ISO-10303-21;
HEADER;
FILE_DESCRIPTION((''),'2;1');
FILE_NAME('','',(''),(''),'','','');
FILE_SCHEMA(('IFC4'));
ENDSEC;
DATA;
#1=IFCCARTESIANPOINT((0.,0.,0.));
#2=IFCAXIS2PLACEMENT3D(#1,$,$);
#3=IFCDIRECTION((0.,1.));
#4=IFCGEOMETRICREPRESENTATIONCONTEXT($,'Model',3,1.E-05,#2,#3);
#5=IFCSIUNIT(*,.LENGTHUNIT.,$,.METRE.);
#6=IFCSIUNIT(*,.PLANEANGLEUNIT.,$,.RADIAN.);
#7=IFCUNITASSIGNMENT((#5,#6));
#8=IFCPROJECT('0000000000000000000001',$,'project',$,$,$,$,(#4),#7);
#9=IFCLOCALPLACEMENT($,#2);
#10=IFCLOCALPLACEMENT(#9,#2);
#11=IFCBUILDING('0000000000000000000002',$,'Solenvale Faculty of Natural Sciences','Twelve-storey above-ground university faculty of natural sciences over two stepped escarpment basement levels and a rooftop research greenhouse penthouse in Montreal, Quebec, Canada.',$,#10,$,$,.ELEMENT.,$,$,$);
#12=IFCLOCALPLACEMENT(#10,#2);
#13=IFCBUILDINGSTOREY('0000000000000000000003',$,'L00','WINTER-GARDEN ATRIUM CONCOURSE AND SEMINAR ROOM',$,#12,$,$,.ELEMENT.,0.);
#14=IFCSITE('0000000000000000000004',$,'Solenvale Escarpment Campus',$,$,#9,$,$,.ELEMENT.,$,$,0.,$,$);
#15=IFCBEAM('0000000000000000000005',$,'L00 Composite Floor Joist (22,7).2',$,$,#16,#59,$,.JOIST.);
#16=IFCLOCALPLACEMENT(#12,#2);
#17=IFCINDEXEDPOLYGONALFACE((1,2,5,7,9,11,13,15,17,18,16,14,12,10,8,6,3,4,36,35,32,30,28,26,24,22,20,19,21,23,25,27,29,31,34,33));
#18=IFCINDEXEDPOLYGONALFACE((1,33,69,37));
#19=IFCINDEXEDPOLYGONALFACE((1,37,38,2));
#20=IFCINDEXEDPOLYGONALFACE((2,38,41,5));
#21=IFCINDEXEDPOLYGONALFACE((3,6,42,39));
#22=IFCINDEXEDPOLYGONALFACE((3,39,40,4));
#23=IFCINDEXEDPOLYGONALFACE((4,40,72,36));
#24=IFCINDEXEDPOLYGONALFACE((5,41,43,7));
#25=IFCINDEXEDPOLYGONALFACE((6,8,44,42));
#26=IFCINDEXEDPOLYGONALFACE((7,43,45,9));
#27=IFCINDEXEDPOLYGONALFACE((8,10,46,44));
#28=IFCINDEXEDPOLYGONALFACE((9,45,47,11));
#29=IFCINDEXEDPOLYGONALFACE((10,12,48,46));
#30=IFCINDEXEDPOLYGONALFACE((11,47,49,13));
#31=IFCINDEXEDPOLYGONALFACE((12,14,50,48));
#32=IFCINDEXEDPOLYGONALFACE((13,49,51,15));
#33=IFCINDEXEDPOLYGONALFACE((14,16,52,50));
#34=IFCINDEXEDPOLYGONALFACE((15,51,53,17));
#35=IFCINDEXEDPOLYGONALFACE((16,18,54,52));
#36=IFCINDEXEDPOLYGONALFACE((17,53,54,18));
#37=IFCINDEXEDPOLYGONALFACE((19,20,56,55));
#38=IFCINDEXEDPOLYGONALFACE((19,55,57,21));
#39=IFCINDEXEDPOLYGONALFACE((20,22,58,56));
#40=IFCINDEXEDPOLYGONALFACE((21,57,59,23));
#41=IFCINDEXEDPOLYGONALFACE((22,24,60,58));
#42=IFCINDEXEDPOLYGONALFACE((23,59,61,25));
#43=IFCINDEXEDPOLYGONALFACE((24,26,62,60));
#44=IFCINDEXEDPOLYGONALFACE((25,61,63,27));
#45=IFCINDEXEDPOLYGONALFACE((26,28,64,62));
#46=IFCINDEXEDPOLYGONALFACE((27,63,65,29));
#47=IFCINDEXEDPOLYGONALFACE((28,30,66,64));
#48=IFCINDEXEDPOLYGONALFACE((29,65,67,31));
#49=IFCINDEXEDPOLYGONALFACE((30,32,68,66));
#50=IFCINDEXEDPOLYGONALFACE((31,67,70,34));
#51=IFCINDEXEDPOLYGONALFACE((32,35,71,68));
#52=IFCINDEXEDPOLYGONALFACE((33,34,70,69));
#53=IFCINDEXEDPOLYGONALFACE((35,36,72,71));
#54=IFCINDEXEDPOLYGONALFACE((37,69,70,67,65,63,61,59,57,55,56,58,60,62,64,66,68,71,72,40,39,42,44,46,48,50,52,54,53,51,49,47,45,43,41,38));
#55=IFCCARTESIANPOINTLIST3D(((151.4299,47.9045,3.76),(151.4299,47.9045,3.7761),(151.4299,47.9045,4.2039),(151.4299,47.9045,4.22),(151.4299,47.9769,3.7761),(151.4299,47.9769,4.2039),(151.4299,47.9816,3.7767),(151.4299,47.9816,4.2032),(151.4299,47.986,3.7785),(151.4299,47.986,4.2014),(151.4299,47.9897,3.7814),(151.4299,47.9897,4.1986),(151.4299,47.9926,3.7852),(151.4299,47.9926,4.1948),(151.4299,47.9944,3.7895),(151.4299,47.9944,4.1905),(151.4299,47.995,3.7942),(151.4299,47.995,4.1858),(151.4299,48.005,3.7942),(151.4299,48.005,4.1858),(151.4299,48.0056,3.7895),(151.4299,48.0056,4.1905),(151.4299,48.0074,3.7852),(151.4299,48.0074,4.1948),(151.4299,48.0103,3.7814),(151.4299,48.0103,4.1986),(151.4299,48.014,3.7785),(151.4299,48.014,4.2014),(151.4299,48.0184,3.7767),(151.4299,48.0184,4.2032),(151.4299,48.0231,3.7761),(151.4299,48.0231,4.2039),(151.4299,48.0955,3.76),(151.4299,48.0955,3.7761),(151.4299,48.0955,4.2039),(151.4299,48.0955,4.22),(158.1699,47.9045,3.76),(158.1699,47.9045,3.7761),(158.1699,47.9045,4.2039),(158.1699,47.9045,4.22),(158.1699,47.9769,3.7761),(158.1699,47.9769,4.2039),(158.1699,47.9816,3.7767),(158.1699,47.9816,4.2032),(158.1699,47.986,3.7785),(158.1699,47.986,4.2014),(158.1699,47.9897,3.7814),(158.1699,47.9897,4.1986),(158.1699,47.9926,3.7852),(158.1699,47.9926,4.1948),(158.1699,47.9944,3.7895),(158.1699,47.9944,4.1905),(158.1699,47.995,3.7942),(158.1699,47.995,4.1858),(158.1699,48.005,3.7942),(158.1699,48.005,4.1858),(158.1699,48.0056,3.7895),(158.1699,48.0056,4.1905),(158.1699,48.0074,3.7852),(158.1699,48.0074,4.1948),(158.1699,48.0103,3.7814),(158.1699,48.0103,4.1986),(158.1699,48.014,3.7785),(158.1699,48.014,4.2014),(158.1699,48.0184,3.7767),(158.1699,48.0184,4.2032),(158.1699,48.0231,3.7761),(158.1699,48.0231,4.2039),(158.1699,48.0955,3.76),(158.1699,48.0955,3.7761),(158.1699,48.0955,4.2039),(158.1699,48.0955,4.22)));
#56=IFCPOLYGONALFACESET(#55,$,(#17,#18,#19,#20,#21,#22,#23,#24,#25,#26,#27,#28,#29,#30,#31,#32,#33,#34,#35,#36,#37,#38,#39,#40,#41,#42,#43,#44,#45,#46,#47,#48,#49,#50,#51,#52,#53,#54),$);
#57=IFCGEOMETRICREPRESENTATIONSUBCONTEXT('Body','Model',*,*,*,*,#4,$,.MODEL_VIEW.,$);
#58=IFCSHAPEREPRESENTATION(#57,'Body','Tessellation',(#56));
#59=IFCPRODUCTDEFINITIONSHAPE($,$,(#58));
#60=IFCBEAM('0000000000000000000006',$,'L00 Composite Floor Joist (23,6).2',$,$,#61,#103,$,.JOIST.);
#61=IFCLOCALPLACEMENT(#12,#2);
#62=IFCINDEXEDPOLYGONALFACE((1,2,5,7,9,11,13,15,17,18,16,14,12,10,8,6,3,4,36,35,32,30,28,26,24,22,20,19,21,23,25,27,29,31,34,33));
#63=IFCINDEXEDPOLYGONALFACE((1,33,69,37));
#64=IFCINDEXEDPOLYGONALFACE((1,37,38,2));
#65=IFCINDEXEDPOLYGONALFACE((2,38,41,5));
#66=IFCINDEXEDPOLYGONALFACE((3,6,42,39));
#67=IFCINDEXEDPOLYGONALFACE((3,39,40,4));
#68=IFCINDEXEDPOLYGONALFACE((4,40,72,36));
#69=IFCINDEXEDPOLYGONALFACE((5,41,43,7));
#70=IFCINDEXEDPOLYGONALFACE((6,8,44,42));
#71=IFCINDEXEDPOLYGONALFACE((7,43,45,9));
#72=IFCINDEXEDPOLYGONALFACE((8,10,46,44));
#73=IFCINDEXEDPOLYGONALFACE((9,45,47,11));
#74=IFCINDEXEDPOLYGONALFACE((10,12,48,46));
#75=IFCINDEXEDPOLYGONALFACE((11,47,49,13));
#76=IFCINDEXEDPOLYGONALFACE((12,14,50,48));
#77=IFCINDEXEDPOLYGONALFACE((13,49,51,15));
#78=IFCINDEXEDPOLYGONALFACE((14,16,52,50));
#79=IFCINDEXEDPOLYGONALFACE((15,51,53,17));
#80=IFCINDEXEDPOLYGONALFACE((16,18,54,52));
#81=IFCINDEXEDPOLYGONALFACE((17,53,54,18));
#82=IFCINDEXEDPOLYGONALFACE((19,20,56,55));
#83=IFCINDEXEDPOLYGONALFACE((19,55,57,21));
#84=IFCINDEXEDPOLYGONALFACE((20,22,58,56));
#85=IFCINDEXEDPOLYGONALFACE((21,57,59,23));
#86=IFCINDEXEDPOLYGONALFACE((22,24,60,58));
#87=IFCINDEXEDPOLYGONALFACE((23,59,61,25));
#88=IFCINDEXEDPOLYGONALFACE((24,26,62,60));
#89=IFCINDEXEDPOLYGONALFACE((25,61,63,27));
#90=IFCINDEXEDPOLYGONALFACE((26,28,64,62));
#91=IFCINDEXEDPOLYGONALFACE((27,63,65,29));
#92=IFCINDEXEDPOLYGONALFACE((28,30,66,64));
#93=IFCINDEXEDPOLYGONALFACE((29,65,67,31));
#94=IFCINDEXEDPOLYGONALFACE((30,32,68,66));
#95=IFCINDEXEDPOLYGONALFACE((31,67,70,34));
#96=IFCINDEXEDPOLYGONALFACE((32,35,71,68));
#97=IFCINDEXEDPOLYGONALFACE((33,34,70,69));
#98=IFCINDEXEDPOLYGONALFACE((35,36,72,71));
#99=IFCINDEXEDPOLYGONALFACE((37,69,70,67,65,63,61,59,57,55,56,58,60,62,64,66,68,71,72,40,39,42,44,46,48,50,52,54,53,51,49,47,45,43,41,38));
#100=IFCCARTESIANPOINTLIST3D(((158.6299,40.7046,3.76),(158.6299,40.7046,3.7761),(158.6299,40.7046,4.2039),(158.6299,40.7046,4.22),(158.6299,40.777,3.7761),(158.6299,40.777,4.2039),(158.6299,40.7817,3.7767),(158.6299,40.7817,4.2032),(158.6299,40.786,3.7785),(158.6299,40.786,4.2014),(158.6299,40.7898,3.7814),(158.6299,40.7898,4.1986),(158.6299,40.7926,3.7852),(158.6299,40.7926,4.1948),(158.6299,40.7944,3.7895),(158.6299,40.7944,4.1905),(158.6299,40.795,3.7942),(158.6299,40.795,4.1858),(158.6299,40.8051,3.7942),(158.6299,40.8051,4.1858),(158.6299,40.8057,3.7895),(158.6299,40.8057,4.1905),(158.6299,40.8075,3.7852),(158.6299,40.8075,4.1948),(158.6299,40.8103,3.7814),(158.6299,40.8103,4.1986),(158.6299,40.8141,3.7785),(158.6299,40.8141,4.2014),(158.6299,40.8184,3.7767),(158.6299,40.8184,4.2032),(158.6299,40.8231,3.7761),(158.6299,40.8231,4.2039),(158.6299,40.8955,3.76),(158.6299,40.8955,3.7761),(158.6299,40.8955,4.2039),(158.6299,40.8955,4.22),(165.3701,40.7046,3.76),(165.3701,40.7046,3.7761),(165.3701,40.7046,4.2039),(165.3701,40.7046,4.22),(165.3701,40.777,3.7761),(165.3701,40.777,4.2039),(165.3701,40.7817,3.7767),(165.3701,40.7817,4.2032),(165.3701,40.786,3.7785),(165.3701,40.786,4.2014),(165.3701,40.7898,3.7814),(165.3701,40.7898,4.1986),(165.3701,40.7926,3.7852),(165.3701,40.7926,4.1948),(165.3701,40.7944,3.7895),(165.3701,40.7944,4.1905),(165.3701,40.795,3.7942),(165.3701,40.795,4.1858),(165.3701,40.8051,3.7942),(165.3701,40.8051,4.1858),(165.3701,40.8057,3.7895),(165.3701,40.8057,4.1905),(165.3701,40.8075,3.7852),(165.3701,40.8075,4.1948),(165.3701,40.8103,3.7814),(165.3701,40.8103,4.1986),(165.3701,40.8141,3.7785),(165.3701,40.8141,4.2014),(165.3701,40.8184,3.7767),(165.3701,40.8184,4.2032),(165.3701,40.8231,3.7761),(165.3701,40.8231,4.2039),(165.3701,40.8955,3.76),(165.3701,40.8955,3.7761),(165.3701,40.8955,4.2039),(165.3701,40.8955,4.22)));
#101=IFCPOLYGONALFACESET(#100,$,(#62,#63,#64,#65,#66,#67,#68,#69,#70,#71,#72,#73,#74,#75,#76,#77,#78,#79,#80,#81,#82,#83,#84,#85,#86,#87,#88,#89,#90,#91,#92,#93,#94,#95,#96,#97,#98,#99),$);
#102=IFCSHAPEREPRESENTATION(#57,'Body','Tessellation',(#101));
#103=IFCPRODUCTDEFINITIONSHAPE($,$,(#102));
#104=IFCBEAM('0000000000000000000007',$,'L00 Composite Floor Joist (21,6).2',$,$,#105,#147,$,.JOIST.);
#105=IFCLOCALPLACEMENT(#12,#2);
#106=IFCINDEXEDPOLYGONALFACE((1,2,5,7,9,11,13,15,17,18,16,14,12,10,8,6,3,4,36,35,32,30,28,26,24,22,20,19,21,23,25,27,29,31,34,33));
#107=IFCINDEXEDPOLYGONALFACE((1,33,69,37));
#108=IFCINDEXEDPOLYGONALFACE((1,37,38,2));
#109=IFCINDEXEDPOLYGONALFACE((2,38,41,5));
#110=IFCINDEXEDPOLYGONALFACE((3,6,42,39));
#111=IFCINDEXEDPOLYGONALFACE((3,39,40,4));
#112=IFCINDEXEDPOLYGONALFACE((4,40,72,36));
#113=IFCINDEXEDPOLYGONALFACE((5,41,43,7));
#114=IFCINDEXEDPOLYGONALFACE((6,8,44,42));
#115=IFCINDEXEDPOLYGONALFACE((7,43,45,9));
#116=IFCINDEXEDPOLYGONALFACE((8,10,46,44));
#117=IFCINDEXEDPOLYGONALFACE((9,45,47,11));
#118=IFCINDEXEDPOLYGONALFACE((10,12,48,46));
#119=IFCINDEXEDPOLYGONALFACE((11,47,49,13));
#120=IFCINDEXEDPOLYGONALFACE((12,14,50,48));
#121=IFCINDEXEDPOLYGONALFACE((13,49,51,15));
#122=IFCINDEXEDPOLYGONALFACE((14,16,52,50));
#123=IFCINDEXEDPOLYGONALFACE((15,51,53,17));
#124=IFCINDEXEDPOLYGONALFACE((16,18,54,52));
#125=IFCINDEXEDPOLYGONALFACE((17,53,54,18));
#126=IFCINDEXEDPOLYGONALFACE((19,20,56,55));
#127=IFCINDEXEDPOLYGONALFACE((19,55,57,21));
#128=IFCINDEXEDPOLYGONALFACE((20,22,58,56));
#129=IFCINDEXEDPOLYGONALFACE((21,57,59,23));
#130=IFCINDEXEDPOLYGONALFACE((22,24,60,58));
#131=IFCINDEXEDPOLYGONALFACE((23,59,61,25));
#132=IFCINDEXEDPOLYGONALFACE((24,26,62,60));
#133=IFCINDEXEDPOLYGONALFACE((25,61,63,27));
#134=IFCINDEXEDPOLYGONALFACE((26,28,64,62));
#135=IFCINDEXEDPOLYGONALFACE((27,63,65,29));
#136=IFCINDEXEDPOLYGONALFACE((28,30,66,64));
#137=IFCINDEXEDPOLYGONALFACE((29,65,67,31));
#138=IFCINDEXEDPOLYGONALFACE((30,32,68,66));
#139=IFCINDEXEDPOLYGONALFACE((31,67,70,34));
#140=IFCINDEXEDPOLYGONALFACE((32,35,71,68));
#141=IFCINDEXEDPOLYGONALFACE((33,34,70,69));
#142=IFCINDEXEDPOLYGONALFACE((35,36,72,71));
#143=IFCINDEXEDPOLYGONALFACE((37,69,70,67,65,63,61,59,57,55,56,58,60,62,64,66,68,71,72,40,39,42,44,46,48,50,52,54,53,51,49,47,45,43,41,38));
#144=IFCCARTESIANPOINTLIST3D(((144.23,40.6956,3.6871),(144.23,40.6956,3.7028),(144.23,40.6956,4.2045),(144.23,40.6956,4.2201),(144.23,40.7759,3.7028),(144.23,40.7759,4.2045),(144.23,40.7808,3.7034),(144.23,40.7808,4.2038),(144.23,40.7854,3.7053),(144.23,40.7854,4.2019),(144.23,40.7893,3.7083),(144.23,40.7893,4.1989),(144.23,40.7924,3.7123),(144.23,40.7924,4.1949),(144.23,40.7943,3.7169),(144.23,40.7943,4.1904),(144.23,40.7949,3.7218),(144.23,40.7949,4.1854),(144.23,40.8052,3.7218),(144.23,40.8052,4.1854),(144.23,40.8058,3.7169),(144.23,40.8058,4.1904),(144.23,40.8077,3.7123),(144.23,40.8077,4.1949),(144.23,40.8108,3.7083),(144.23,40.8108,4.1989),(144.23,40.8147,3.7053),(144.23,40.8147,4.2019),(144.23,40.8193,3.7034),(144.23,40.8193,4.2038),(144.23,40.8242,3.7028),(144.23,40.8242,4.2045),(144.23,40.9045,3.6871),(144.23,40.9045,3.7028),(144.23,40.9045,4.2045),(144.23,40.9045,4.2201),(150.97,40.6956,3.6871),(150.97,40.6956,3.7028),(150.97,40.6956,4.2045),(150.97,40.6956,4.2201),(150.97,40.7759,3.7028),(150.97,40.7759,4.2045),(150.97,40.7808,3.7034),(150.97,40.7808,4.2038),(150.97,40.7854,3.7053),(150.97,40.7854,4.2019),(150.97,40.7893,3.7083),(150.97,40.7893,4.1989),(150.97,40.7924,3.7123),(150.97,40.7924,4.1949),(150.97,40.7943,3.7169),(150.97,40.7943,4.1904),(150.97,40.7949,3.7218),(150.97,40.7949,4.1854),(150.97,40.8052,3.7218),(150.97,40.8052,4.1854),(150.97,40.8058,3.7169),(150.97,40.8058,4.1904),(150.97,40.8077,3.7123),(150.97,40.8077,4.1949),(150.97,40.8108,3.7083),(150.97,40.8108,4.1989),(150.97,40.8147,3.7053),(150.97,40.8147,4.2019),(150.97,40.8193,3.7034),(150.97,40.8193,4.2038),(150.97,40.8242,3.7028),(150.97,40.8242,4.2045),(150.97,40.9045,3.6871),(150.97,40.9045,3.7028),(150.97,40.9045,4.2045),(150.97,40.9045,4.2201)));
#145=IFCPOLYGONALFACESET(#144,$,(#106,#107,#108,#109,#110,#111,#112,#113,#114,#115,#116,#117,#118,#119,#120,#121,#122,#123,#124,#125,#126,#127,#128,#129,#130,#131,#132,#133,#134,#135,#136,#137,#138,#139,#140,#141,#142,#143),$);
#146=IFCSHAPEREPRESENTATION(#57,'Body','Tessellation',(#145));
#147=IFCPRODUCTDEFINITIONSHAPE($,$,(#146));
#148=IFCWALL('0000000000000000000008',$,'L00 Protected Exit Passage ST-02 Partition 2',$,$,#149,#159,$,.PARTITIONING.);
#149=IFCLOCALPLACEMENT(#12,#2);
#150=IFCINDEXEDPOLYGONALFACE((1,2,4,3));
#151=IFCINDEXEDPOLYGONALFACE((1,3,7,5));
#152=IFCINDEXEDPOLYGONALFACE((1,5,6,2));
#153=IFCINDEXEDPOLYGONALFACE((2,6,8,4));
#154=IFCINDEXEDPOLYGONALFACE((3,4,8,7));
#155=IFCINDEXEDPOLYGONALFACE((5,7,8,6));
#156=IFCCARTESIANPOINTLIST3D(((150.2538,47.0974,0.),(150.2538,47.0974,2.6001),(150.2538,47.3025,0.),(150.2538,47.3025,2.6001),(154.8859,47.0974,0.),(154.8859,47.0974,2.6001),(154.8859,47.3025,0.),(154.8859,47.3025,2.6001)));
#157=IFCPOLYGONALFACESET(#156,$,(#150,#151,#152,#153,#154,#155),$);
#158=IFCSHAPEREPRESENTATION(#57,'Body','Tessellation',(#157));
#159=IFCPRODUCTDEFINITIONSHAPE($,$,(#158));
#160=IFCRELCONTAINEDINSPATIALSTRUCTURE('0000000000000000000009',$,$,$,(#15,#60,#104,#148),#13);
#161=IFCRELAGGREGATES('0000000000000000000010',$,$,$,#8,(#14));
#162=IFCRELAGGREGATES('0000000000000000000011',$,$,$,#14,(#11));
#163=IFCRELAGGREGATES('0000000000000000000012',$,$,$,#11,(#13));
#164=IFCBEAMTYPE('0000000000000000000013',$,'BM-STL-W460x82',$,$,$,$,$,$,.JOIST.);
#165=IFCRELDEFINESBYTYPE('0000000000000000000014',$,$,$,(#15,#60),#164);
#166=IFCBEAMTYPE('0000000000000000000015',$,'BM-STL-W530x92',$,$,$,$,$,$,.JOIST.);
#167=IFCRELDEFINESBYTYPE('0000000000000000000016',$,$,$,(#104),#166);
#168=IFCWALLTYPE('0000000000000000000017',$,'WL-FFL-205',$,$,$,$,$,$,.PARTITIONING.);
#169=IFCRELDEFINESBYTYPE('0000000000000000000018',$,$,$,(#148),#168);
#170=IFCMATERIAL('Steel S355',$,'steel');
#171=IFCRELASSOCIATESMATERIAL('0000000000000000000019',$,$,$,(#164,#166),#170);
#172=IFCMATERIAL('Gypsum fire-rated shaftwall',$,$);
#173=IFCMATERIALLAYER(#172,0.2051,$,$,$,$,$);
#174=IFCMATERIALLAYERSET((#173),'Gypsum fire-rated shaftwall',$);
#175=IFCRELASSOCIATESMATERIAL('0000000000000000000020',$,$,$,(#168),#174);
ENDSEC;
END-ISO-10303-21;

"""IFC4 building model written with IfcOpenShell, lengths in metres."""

from ifc_helpers import new_model, si_unit, direction, frame, frame_2d, origin, origin_2d, place, context, subcontext, project, spatial, rectangle, i_section, extrude, material, layer, layer_set, material_profile, profile_set, type_object, element, save


model = new_model("IFC4")

# Units and contexts
model_context = context("Model", 3, precision=1e-05, world=origin(), true_north=direction((0.0, 1.0)))
body_context = subcontext(model_context, "Body", "Model", "MODEL_VIEW")
ifc_project = project(units=[si_unit("LENGTHUNIT", "METRE"), si_unit("PLANEANGLEUNIT", "RADIAN")], contexts=[model_context])

# Site, building, storey
site_placement = place(None, origin())
site = spatial("IfcSite", under=ifc_project, at=site_placement, Name="Solenvale Escarpment Campus", CompositionType="ELEMENT", RefElevation=0.0)
building_placement = place(site_placement, origin())
building = spatial("IfcBuilding", under=site, at=building_placement, Name="Solenvale Faculty of Natural Sciences", Description="Twelve-storey above-ground university faculty of natural sciences over two stepped escarpment basement levels and a rooftop research greenhouse penthouse in Montreal, Quebec, Canada.", CompositionType="ELEMENT")
storey_placement = place(building_placement, origin())
storey = spatial("IfcBuildingStorey", under=building, at=storey_placement, Name="L00", Description="WINTER-GARDEN ATRIUM CONCOURSE AND SEMINAR ROOM", CompositionType="ELEMENT", Elevation=0.0)

# Beams
ifc_material_1 = material(Name="Steel S355", Category="steel")
ifc_material_profile_1 = material_profile(ifc_material_1, i_section(OverallWidth=0.1909, OverallDepth=0.46, WebThickness=0.01, FlangeThickness=0.0161, FilletRadius=0.0181, at=origin_2d()), Name="W460x82")
ifc_profile_set_1 = profile_set([ifc_material_profile_1], Name="Steel S355")
beam_type_1 = type_object("IfcBeamType", Name="BM-STL-W460x82", PredefinedType="JOIST", material=ifc_profile_set_1)
for number, where, z_axis, x_axis, name in (
    (1, (151.4299, 48.0, 3.99), (1.0, 0.0, 0.0), (0.0, 1.0, 0.0), "L00 Composite Floor Joist (22,7).2"),
):
    element("IfcBeam", number, at=place(storey_placement, frame(where, z_axis=z_axis, x_axis=x_axis)), inside=storey, type_object=beam_type_1, Name=name, PredefinedType="JOIST", context=body_context, shape_type="SweptSolid", body=[
        extrude(i_section(OverallWidth=0.1909, OverallDepth=0.46, WebThickness=0.01, FlangeThickness=0.0161, FilletRadius=0.0181, at=origin_2d()), origin(), (0.0, 0.0, 1.0), 6.74),
    ])
beam_1_placement = place(storey_placement, frame((158.6299, 40.8, 3.99), z_axis=(1.0, 0.0, 0.0), x_axis=(0.0, 1.0, 0.0)))
element("IfcBeam", 2, at=beam_1_placement, inside=storey, type_object=beam_type_1, Name="L00 Composite Floor Joist (23,6).2", PredefinedType="JOIST", context=body_context, shape_type="SweptSolid", body=[
    extrude(i_section(OverallWidth=0.1909, OverallDepth=0.46, WebThickness=0.01, FlangeThickness=0.0161, FilletRadius=0.0181, at=origin_2d()), origin(), (0.0, 0.0, 1.0), 6.7402),
])
ifc_material_profile_2 = material_profile(ifc_material_1, i_section(OverallWidth=0.209, OverallDepth=0.533, WebThickness=0.0103, FlangeThickness=0.0156, FilletRadius=0.019, at=origin_2d()), Name="W530x92")
ifc_profile_set_2 = profile_set([ifc_material_profile_2], Name="Steel S355")
beam_type_2 = type_object("IfcBeamType", Name="BM-STL-W530x92", PredefinedType="JOIST", material=ifc_profile_set_2)
beam_2_placement = place(storey_placement, frame((144.23, 40.8, 3.9536), z_axis=(1.0, 0.0, 0.0), x_axis=(0.0, 1.0, 0.0)))
element("IfcBeam", 3, at=beam_2_placement, inside=storey, type_object=beam_type_2, Name="L00 Composite Floor Joist (21,6).2", PredefinedType="JOIST", context=body_context, shape_type="SweptSolid", body=[
    extrude(i_section(OverallWidth=0.209, OverallDepth=0.533, WebThickness=0.0103, FlangeThickness=0.0156, FilletRadius=0.019, at=origin_2d()), origin(), (0.0, 0.0, 1.0), 6.74),
])

# Shared definitions
ifc_material_2 = material(Name="Gypsum fire-rated shaftwall")
ifc_layer_1 = layer(ifc_material_2, 0.2051)
ifc_layer_set_1 = layer_set([ifc_layer_1], Name="Gypsum fire-rated shaftwall")
wall_type_1 = type_object("IfcWallType", Name="WL-FFL-205", PredefinedType="PARTITIONING", material=ifc_layer_set_1)

# Wall
wall_1_placement = place(storey_placement, frame((150.2539, 47.2, 0.0), z_axis=(0.0, 0.0, 1.0), x_axis=(1.0, 0.0, 0.0)))
element("IfcWall", 4, at=wall_1_placement, inside=storey, type_object=wall_type_1, Name="L00 Protected Exit Passage ST-02 Partition 2", PredefinedType="PARTITIONING", context=body_context, shape_type="SweptSolid", body=[
    extrude(rectangle(XDim=4.6321, YDim=0.2051, at=frame_2d((2.3159, 0.0))), origin(), (0.0, 0.0, 1.0), 2.6001),
])

save(model, "model.ifc")
